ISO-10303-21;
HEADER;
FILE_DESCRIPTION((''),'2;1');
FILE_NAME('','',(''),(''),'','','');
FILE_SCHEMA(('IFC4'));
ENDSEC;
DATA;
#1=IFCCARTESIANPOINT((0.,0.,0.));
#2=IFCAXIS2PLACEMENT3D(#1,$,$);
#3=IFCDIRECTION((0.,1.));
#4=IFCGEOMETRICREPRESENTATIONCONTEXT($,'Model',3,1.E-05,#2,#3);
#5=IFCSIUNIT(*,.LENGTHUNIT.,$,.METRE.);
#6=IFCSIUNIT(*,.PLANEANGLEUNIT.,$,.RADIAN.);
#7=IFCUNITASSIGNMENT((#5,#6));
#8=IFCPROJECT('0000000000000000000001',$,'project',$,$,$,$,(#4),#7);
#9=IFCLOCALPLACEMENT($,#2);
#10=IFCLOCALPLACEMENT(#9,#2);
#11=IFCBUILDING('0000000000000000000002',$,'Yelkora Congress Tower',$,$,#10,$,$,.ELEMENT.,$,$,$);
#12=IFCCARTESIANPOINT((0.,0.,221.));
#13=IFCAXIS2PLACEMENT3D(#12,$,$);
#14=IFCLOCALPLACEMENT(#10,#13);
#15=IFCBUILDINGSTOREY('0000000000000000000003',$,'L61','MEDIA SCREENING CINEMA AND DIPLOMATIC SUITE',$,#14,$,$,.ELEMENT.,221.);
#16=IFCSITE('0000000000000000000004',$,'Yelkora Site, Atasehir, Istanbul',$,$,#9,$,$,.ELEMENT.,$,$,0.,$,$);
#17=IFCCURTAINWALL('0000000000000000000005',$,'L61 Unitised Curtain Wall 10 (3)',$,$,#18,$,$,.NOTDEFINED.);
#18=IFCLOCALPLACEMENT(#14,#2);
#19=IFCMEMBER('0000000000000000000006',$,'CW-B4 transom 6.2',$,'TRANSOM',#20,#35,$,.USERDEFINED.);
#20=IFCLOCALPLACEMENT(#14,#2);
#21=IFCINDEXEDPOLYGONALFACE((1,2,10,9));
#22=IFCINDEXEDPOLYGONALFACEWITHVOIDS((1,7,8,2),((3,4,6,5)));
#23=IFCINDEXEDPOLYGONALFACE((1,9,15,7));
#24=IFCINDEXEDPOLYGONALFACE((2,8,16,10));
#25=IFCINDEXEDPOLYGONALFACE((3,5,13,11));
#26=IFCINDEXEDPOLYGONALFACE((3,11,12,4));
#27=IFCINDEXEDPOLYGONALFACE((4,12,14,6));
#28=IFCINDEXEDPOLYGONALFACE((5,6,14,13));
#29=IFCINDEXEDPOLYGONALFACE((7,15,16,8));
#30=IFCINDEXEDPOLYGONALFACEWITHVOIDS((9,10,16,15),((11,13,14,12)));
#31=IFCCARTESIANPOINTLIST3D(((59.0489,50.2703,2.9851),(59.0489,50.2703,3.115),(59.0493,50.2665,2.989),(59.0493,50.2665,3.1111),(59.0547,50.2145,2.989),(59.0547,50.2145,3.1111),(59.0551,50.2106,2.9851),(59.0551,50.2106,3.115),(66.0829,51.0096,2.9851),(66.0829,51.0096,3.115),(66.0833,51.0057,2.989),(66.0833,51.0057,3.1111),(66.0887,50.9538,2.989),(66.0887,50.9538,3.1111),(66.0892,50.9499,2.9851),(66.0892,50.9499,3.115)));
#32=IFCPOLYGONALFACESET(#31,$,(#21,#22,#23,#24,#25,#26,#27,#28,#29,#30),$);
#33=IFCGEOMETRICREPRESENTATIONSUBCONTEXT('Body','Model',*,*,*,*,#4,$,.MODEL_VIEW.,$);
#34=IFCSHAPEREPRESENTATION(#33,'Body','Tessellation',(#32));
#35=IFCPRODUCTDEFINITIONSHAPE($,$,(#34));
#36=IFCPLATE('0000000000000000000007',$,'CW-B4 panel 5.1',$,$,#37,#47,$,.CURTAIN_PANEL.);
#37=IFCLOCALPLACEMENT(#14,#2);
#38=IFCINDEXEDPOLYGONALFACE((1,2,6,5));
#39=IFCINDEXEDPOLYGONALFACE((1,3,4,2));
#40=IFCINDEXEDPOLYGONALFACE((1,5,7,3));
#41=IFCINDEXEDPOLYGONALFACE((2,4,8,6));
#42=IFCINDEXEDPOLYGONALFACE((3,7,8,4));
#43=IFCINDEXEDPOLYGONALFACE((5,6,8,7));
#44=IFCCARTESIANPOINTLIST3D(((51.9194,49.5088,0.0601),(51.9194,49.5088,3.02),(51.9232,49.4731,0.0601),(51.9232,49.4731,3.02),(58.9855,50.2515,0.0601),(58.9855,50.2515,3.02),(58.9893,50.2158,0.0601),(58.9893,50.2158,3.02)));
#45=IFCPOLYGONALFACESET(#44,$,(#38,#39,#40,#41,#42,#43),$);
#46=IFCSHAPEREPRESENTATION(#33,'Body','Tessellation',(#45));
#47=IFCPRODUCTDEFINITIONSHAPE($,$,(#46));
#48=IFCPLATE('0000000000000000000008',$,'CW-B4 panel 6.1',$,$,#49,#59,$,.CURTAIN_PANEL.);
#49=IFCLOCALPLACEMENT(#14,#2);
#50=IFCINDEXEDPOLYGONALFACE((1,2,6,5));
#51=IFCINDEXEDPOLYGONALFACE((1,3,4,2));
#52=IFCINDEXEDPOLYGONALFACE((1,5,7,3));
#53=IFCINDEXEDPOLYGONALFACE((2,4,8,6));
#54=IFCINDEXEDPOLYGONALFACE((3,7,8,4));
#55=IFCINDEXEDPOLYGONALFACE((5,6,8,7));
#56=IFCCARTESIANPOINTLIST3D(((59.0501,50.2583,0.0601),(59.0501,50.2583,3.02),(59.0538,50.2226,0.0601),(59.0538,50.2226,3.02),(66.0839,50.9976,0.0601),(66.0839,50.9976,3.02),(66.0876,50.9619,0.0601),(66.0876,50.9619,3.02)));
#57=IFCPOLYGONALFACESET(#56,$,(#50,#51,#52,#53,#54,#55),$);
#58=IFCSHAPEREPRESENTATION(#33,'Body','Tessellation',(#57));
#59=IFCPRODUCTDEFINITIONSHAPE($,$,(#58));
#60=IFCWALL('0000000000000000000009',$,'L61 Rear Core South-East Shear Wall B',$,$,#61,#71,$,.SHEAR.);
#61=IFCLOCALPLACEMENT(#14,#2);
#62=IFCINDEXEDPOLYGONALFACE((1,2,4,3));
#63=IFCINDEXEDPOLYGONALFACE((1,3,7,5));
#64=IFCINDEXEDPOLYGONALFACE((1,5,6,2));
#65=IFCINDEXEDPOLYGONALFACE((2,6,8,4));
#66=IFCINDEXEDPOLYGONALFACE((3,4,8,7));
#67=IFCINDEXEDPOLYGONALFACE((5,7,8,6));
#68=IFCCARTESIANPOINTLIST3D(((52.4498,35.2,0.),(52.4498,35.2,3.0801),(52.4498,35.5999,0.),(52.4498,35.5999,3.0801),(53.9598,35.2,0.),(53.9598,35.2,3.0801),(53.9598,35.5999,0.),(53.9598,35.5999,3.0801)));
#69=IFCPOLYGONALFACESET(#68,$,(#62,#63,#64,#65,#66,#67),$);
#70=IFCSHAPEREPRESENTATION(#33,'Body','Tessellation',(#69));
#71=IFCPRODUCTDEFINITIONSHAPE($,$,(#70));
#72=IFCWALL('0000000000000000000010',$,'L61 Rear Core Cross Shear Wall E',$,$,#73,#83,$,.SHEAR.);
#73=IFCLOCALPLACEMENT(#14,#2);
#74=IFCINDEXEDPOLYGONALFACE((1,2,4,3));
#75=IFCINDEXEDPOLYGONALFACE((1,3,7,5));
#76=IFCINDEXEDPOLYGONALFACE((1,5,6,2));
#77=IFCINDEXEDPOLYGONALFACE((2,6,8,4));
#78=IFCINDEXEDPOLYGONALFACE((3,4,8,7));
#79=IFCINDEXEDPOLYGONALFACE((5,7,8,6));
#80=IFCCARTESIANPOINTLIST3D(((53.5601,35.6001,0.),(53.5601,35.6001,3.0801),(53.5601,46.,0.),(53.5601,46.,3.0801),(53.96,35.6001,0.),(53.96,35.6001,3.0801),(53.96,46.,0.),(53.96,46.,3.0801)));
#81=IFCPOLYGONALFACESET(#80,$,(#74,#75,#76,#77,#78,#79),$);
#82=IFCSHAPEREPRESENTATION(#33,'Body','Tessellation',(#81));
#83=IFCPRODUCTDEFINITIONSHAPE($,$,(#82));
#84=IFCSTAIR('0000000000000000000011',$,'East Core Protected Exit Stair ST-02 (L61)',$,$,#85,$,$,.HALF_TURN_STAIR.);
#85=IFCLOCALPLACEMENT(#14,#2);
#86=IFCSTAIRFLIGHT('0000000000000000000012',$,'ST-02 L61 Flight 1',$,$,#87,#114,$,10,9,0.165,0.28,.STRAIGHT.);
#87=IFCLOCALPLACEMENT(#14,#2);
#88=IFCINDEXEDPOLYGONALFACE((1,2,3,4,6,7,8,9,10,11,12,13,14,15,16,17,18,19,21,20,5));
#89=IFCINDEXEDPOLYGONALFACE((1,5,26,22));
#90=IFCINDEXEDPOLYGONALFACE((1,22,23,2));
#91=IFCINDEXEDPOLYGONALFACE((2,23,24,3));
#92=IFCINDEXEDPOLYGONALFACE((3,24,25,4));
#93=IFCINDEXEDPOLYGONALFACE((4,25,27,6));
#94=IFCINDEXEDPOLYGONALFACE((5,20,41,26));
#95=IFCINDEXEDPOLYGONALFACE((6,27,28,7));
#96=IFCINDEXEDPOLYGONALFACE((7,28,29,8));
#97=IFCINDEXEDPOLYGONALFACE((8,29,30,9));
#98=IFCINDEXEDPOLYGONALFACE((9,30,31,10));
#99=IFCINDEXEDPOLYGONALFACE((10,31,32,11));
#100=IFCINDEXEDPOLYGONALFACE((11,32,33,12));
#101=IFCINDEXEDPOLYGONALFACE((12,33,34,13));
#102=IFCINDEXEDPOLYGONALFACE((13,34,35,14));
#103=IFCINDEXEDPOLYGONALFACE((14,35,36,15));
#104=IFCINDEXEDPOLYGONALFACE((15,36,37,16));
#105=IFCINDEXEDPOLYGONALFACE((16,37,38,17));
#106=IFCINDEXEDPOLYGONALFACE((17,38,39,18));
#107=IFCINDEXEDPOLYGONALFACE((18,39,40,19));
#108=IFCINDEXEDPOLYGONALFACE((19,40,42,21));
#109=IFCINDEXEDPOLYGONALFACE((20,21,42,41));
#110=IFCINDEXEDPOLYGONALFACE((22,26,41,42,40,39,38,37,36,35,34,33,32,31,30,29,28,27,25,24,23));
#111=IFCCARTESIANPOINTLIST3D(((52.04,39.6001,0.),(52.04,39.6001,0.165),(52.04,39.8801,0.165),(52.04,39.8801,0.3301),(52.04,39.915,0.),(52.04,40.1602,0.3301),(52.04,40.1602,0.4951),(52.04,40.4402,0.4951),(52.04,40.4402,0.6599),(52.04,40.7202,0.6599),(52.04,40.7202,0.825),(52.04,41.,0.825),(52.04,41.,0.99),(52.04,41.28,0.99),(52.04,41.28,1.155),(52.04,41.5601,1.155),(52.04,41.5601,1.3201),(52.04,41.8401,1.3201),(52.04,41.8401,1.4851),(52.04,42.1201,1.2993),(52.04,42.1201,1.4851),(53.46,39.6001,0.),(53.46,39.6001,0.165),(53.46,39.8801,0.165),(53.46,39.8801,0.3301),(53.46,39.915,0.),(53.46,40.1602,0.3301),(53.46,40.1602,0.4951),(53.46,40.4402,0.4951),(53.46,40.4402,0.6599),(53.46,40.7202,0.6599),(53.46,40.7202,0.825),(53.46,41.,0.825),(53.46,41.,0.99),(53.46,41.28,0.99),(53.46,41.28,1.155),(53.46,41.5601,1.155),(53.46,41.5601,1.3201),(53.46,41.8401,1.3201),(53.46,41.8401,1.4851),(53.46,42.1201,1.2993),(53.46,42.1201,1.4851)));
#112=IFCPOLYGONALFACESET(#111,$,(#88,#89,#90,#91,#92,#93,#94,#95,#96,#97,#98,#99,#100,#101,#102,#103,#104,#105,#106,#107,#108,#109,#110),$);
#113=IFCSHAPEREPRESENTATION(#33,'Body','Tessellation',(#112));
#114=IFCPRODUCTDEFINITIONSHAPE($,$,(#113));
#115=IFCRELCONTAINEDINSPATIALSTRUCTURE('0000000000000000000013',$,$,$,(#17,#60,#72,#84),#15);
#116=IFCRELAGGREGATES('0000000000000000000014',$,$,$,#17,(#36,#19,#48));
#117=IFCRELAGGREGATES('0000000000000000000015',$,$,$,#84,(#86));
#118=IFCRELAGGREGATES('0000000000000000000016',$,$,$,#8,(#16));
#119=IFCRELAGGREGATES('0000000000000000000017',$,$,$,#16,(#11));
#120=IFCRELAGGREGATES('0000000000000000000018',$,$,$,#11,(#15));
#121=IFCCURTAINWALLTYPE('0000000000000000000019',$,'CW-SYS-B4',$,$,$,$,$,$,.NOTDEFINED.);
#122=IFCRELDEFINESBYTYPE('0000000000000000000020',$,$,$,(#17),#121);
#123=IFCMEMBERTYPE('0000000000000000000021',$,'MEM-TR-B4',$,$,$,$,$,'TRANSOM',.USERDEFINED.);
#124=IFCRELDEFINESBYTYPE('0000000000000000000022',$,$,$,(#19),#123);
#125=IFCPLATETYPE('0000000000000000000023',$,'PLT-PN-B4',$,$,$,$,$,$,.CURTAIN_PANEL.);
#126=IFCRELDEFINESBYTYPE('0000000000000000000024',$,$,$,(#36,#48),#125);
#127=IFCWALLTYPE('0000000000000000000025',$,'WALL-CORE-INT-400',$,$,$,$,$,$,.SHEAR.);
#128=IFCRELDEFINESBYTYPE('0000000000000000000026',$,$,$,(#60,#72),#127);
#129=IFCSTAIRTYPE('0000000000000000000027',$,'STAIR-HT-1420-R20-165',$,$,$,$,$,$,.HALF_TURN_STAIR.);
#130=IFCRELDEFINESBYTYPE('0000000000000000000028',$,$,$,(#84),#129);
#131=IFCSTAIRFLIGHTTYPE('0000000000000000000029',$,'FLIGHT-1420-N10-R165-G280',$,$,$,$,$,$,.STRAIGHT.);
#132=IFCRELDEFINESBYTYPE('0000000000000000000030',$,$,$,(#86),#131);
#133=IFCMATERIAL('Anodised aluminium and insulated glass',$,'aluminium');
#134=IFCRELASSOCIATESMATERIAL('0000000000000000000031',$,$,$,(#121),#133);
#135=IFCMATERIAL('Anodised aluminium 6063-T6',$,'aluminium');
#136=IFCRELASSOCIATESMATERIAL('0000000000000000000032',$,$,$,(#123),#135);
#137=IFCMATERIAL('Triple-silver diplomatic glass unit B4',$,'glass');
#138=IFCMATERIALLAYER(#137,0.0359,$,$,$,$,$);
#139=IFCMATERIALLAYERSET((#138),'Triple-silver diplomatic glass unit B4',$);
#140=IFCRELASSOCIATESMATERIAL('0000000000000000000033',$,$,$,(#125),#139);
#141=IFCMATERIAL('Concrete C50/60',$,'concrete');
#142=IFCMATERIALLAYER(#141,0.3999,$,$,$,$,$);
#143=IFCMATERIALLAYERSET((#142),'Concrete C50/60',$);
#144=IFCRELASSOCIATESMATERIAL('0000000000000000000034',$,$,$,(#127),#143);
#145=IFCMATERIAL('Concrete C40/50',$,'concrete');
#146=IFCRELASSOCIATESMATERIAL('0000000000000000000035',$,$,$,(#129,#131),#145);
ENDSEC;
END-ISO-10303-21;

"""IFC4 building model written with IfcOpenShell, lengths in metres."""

from ifc_helpers import new_model, si_unit, direction, frame, frame_2d, origin, origin_2d, place, context, subcontext, project, spatial, polyline, rectangle, hollow_rectangle, outline, extrude, material, layer, layer_set, material_profile, profile_set, type_object, element, aggregate, save


model = new_model("IFC4")

# Units and contexts
model_context = context("Model", 3, precision=1e-05, world=origin(), true_north=direction((0.0, 1.0)))
body_context = subcontext(model_context, "Body", "Model", "MODEL_VIEW")
ifc_project = project(units=[si_unit("LENGTHUNIT", "METRE"), si_unit("PLANEANGLEUNIT", "RADIAN")], contexts=[model_context])

# Site, building, storey
site_placement = place(None, origin())
site = spatial("IfcSite", under=ifc_project, at=site_placement, Name="Yelkora Site, Atasehir, Istanbul", CompositionType="ELEMENT", RefElevation=0.0)
building_placement = place(site_placement, origin())
building = spatial("IfcBuilding", under=site, at=building_placement, Name="Yelkora Congress Tower", CompositionType="ELEMENT")
storey_placement = place(building_placement, frame((0.0, 0.0, 221.0)))
storey = spatial("IfcBuildingStorey", under=building, at=storey_placement, Name="L61", Description="MEDIA SCREENING CINEMA AND DIPLOMATIC SUITE", CompositionType="ELEMENT", Elevation=221.0)

# Curtain wall, member, plates
ifc_material_1 = material(Name="Anodised aluminium and insulated glass", Category="aluminium")
curtain_wall_type = type_object("IfcCurtainWallType", Name="CW-SYS-B4", PredefinedType="NOTDEFINED", material=ifc_material_1)
curtain_wall_placement = place(storey_placement, origin())
curtain_wall = element("IfcCurtainWall", 1, at=curtain_wall_placement, inside=storey, type_object=curtain_wall_type, Name="L61 Unitised Curtain Wall 10 (3)", PredefinedType="NOTDEFINED")
ifc_material_2 = material(Name="Anodised aluminium 6063-T6", Category="aluminium")
ifc_material_profile_1 = material_profile(ifc_material_2, hollow_rectangle(XDim=0.0601, YDim=0.1299, WallThickness=0.0039, at=origin_2d()), Name="ALU 60x130x4")
ifc_profile_set_1 = profile_set([ifc_material_profile_1], Name="Anodised aluminium 6063-T6")
member_type_1 = type_object("IfcMemberType", Name="MEM-TR-B4", ElementType="TRANSOM", PredefinedType="USERDEFINED", material=ifc_profile_set_1)
member_1_placement = place(storey_placement, frame((59.052, 50.2405, 3.05), z_axis=(0.994522, 0.104523, 0.0), x_axis=(-0.104523, 0.994522, 0.0)))
member_1 = element("IfcMember", 2, at=member_1_placement, type_object=member_type_1, Name="CW-B4 transom 6.2", ObjectType="TRANSOM", PredefinedType="USERDEFINED", context=body_context, shape_type="SweptSolid", body=[
    extrude(hollow_rectangle(XDim=0.0601, YDim=0.1299, WallThickness=0.0039, at=origin_2d()), origin(), (0.0, 0.0, 1.0), 7.0728),
])
ifc_material_3 = material(Name="Triple-silver diplomatic glass unit B4", Category="glass")
ifc_layer_1 = layer(ifc_material_3, 0.0359)
ifc_layer_set_1 = layer_set([ifc_layer_1], Name="Triple-silver diplomatic glass unit B4")
plate_type = type_object("IfcPlateType", Name="PLT-PN-B4", PredefinedType="CURTAIN_PANEL", material=ifc_layer_set_1)
plate_1_placement = place(storey_placement, frame((55.4543, 49.8623, 0.0601), z_axis=(0.0, 0.0, 1.0), x_axis=(0.994522, 0.104528, 0.0)))
plate_1 = element("IfcPlate", 3, at=plate_1_placement, type_object=plate_type, Name="CW-B4 panel 5.1", PredefinedType="CURTAIN_PANEL", context=body_context, shape_type="SweptSolid", body=[
    extrude(rectangle(XDim=7.105, YDim=0.0359, at=origin_2d()), origin(), (0.0, 0.0, 1.0), 2.96),
])
plate_2_placement = place(storey_placement, frame((62.5688, 50.6101, 0.0601), z_axis=(0.0, 0.0, 1.0), x_axis=(0.994522, 0.104528, 0.0)))
plate_2 = element("IfcPlate", 4, at=plate_2_placement, type_object=plate_type, Name="CW-B4 panel 6.1", PredefinedType="CURTAIN_PANEL", context=body_context, shape_type="SweptSolid", body=[
    extrude(rectangle(XDim=7.0725, YDim=0.0359, at=origin_2d()), origin(), (0.0, 0.0, 1.0), 2.96),
])
aggregate(curtain_wall, [plate_1, member_1, plate_2])

# Walls
ifc_material_4 = material(Name="Concrete C50/60", Category="concrete")
ifc_layer_2 = layer(ifc_material_4, 0.3999)
ifc_layer_set_2 = layer_set([ifc_layer_2], Name="Concrete C50/60")
wall_type = type_object("IfcWallType", Name="WALL-CORE-INT-400", PredefinedType="SHEAR", material=ifc_layer_set_2)
wall_1_placement = place(storey_placement, frame((52.45, 35.3999, 0.0), z_axis=(0.0, 0.0, 1.0), x_axis=(1.0, 0.0, 0.0)))
element("IfcWall", 5, at=wall_1_placement, inside=storey, type_object=wall_type, Name="L61 Rear Core South-East Shear Wall B", PredefinedType="SHEAR", context=body_context, shape_type="SweptSolid", body=[
    extrude(rectangle(XDim=1.51, YDim=0.3999, at=frame_2d((0.7549, 0.0))), origin(), (0.0, 0.0, 1.0), 3.0801),
])
wall_2_placement = place(storey_placement, frame((53.76, 35.6001, 0.0), z_axis=(0.0, 0.0, 1.0), x_axis=(0.0, 1.0, 0.0)))
element("IfcWall", 6, at=wall_2_placement, inside=storey, type_object=wall_type, Name="L61 Rear Core Cross Shear Wall E", PredefinedType="SHEAR", context=body_context, shape_type="SweptSolid", body=[
    extrude(rectangle(XDim=10.3999, YDim=0.3999, at=frame_2d((5.2, 0.0))), origin(), (0.0, 0.0, 1.0), 3.0801),
])

# Stair, stair flight
ifc_material_5 = material(Name="Concrete C40/50", Category="concrete")
stair_type = type_object("IfcStairType", Name="STAIR-HT-1420-R20-165", PredefinedType="HALF_TURN_STAIR", material=ifc_material_5)
stair_placement = place(storey_placement, origin())
stair = element("IfcStair", 7, at=stair_placement, inside=storey, type_object=stair_type, Name="East Core Protected Exit Stair ST-02 (L61)", PredefinedType="HALF_TURN_STAIR")
stair_flight_type = type_object("IfcStairFlightType", Name="FLIGHT-1420-N10-R165-G280", PredefinedType="STRAIGHT", material=ifc_material_5)
stair_flight_placement = place(storey_placement, frame((52.75, 39.6001, 0.0), z_axis=(0.0, 0.0, 1.0), x_axis=(0.0, 1.0, 0.0)))
stair_flight = element("IfcStairFlight", 8, at=stair_flight_placement, type_object=stair_flight_type, Name="ST-02 L61 Flight 1", NumberOfRisers=10, NumberOfTreads=9, PredefinedType="STRAIGHT", RiserHeight=0.165, TreadLength=0.28, context=body_context, shape_type="SweptSolid", body=[
    extrude(outline(polyline([(0.0, 0.0), (0.0, 0.165), (0.28, 0.165), (0.28, 0.3301), (0.5601, 0.3301), (0.5601, 0.4951), (0.8401, 0.4951), (0.8401, 0.6599), (1.1201, 0.6599), (1.1201, 0.825), (1.3999, 0.825), (1.3999, 0.99), (1.6799, 0.99), (1.6799, 1.155), (1.96, 1.155), (1.96, 1.3201), (2.24, 1.3201), (2.24, 1.4851), (2.52, 1.4851), (2.52, 1.6499), (2.52, 1.2993), (0.3149, 0.0), (0.0, 0.0)])), frame((0.0, 0.71, 0.0), z_axis=(0.0, -1.0, 0.0), x_axis=(1.0, 0.0, 0.0)), (0.0, 0.0, 1.0), 1.4199),
])
aggregate(stair, [stair_flight])

save(model, "model.ifc")
